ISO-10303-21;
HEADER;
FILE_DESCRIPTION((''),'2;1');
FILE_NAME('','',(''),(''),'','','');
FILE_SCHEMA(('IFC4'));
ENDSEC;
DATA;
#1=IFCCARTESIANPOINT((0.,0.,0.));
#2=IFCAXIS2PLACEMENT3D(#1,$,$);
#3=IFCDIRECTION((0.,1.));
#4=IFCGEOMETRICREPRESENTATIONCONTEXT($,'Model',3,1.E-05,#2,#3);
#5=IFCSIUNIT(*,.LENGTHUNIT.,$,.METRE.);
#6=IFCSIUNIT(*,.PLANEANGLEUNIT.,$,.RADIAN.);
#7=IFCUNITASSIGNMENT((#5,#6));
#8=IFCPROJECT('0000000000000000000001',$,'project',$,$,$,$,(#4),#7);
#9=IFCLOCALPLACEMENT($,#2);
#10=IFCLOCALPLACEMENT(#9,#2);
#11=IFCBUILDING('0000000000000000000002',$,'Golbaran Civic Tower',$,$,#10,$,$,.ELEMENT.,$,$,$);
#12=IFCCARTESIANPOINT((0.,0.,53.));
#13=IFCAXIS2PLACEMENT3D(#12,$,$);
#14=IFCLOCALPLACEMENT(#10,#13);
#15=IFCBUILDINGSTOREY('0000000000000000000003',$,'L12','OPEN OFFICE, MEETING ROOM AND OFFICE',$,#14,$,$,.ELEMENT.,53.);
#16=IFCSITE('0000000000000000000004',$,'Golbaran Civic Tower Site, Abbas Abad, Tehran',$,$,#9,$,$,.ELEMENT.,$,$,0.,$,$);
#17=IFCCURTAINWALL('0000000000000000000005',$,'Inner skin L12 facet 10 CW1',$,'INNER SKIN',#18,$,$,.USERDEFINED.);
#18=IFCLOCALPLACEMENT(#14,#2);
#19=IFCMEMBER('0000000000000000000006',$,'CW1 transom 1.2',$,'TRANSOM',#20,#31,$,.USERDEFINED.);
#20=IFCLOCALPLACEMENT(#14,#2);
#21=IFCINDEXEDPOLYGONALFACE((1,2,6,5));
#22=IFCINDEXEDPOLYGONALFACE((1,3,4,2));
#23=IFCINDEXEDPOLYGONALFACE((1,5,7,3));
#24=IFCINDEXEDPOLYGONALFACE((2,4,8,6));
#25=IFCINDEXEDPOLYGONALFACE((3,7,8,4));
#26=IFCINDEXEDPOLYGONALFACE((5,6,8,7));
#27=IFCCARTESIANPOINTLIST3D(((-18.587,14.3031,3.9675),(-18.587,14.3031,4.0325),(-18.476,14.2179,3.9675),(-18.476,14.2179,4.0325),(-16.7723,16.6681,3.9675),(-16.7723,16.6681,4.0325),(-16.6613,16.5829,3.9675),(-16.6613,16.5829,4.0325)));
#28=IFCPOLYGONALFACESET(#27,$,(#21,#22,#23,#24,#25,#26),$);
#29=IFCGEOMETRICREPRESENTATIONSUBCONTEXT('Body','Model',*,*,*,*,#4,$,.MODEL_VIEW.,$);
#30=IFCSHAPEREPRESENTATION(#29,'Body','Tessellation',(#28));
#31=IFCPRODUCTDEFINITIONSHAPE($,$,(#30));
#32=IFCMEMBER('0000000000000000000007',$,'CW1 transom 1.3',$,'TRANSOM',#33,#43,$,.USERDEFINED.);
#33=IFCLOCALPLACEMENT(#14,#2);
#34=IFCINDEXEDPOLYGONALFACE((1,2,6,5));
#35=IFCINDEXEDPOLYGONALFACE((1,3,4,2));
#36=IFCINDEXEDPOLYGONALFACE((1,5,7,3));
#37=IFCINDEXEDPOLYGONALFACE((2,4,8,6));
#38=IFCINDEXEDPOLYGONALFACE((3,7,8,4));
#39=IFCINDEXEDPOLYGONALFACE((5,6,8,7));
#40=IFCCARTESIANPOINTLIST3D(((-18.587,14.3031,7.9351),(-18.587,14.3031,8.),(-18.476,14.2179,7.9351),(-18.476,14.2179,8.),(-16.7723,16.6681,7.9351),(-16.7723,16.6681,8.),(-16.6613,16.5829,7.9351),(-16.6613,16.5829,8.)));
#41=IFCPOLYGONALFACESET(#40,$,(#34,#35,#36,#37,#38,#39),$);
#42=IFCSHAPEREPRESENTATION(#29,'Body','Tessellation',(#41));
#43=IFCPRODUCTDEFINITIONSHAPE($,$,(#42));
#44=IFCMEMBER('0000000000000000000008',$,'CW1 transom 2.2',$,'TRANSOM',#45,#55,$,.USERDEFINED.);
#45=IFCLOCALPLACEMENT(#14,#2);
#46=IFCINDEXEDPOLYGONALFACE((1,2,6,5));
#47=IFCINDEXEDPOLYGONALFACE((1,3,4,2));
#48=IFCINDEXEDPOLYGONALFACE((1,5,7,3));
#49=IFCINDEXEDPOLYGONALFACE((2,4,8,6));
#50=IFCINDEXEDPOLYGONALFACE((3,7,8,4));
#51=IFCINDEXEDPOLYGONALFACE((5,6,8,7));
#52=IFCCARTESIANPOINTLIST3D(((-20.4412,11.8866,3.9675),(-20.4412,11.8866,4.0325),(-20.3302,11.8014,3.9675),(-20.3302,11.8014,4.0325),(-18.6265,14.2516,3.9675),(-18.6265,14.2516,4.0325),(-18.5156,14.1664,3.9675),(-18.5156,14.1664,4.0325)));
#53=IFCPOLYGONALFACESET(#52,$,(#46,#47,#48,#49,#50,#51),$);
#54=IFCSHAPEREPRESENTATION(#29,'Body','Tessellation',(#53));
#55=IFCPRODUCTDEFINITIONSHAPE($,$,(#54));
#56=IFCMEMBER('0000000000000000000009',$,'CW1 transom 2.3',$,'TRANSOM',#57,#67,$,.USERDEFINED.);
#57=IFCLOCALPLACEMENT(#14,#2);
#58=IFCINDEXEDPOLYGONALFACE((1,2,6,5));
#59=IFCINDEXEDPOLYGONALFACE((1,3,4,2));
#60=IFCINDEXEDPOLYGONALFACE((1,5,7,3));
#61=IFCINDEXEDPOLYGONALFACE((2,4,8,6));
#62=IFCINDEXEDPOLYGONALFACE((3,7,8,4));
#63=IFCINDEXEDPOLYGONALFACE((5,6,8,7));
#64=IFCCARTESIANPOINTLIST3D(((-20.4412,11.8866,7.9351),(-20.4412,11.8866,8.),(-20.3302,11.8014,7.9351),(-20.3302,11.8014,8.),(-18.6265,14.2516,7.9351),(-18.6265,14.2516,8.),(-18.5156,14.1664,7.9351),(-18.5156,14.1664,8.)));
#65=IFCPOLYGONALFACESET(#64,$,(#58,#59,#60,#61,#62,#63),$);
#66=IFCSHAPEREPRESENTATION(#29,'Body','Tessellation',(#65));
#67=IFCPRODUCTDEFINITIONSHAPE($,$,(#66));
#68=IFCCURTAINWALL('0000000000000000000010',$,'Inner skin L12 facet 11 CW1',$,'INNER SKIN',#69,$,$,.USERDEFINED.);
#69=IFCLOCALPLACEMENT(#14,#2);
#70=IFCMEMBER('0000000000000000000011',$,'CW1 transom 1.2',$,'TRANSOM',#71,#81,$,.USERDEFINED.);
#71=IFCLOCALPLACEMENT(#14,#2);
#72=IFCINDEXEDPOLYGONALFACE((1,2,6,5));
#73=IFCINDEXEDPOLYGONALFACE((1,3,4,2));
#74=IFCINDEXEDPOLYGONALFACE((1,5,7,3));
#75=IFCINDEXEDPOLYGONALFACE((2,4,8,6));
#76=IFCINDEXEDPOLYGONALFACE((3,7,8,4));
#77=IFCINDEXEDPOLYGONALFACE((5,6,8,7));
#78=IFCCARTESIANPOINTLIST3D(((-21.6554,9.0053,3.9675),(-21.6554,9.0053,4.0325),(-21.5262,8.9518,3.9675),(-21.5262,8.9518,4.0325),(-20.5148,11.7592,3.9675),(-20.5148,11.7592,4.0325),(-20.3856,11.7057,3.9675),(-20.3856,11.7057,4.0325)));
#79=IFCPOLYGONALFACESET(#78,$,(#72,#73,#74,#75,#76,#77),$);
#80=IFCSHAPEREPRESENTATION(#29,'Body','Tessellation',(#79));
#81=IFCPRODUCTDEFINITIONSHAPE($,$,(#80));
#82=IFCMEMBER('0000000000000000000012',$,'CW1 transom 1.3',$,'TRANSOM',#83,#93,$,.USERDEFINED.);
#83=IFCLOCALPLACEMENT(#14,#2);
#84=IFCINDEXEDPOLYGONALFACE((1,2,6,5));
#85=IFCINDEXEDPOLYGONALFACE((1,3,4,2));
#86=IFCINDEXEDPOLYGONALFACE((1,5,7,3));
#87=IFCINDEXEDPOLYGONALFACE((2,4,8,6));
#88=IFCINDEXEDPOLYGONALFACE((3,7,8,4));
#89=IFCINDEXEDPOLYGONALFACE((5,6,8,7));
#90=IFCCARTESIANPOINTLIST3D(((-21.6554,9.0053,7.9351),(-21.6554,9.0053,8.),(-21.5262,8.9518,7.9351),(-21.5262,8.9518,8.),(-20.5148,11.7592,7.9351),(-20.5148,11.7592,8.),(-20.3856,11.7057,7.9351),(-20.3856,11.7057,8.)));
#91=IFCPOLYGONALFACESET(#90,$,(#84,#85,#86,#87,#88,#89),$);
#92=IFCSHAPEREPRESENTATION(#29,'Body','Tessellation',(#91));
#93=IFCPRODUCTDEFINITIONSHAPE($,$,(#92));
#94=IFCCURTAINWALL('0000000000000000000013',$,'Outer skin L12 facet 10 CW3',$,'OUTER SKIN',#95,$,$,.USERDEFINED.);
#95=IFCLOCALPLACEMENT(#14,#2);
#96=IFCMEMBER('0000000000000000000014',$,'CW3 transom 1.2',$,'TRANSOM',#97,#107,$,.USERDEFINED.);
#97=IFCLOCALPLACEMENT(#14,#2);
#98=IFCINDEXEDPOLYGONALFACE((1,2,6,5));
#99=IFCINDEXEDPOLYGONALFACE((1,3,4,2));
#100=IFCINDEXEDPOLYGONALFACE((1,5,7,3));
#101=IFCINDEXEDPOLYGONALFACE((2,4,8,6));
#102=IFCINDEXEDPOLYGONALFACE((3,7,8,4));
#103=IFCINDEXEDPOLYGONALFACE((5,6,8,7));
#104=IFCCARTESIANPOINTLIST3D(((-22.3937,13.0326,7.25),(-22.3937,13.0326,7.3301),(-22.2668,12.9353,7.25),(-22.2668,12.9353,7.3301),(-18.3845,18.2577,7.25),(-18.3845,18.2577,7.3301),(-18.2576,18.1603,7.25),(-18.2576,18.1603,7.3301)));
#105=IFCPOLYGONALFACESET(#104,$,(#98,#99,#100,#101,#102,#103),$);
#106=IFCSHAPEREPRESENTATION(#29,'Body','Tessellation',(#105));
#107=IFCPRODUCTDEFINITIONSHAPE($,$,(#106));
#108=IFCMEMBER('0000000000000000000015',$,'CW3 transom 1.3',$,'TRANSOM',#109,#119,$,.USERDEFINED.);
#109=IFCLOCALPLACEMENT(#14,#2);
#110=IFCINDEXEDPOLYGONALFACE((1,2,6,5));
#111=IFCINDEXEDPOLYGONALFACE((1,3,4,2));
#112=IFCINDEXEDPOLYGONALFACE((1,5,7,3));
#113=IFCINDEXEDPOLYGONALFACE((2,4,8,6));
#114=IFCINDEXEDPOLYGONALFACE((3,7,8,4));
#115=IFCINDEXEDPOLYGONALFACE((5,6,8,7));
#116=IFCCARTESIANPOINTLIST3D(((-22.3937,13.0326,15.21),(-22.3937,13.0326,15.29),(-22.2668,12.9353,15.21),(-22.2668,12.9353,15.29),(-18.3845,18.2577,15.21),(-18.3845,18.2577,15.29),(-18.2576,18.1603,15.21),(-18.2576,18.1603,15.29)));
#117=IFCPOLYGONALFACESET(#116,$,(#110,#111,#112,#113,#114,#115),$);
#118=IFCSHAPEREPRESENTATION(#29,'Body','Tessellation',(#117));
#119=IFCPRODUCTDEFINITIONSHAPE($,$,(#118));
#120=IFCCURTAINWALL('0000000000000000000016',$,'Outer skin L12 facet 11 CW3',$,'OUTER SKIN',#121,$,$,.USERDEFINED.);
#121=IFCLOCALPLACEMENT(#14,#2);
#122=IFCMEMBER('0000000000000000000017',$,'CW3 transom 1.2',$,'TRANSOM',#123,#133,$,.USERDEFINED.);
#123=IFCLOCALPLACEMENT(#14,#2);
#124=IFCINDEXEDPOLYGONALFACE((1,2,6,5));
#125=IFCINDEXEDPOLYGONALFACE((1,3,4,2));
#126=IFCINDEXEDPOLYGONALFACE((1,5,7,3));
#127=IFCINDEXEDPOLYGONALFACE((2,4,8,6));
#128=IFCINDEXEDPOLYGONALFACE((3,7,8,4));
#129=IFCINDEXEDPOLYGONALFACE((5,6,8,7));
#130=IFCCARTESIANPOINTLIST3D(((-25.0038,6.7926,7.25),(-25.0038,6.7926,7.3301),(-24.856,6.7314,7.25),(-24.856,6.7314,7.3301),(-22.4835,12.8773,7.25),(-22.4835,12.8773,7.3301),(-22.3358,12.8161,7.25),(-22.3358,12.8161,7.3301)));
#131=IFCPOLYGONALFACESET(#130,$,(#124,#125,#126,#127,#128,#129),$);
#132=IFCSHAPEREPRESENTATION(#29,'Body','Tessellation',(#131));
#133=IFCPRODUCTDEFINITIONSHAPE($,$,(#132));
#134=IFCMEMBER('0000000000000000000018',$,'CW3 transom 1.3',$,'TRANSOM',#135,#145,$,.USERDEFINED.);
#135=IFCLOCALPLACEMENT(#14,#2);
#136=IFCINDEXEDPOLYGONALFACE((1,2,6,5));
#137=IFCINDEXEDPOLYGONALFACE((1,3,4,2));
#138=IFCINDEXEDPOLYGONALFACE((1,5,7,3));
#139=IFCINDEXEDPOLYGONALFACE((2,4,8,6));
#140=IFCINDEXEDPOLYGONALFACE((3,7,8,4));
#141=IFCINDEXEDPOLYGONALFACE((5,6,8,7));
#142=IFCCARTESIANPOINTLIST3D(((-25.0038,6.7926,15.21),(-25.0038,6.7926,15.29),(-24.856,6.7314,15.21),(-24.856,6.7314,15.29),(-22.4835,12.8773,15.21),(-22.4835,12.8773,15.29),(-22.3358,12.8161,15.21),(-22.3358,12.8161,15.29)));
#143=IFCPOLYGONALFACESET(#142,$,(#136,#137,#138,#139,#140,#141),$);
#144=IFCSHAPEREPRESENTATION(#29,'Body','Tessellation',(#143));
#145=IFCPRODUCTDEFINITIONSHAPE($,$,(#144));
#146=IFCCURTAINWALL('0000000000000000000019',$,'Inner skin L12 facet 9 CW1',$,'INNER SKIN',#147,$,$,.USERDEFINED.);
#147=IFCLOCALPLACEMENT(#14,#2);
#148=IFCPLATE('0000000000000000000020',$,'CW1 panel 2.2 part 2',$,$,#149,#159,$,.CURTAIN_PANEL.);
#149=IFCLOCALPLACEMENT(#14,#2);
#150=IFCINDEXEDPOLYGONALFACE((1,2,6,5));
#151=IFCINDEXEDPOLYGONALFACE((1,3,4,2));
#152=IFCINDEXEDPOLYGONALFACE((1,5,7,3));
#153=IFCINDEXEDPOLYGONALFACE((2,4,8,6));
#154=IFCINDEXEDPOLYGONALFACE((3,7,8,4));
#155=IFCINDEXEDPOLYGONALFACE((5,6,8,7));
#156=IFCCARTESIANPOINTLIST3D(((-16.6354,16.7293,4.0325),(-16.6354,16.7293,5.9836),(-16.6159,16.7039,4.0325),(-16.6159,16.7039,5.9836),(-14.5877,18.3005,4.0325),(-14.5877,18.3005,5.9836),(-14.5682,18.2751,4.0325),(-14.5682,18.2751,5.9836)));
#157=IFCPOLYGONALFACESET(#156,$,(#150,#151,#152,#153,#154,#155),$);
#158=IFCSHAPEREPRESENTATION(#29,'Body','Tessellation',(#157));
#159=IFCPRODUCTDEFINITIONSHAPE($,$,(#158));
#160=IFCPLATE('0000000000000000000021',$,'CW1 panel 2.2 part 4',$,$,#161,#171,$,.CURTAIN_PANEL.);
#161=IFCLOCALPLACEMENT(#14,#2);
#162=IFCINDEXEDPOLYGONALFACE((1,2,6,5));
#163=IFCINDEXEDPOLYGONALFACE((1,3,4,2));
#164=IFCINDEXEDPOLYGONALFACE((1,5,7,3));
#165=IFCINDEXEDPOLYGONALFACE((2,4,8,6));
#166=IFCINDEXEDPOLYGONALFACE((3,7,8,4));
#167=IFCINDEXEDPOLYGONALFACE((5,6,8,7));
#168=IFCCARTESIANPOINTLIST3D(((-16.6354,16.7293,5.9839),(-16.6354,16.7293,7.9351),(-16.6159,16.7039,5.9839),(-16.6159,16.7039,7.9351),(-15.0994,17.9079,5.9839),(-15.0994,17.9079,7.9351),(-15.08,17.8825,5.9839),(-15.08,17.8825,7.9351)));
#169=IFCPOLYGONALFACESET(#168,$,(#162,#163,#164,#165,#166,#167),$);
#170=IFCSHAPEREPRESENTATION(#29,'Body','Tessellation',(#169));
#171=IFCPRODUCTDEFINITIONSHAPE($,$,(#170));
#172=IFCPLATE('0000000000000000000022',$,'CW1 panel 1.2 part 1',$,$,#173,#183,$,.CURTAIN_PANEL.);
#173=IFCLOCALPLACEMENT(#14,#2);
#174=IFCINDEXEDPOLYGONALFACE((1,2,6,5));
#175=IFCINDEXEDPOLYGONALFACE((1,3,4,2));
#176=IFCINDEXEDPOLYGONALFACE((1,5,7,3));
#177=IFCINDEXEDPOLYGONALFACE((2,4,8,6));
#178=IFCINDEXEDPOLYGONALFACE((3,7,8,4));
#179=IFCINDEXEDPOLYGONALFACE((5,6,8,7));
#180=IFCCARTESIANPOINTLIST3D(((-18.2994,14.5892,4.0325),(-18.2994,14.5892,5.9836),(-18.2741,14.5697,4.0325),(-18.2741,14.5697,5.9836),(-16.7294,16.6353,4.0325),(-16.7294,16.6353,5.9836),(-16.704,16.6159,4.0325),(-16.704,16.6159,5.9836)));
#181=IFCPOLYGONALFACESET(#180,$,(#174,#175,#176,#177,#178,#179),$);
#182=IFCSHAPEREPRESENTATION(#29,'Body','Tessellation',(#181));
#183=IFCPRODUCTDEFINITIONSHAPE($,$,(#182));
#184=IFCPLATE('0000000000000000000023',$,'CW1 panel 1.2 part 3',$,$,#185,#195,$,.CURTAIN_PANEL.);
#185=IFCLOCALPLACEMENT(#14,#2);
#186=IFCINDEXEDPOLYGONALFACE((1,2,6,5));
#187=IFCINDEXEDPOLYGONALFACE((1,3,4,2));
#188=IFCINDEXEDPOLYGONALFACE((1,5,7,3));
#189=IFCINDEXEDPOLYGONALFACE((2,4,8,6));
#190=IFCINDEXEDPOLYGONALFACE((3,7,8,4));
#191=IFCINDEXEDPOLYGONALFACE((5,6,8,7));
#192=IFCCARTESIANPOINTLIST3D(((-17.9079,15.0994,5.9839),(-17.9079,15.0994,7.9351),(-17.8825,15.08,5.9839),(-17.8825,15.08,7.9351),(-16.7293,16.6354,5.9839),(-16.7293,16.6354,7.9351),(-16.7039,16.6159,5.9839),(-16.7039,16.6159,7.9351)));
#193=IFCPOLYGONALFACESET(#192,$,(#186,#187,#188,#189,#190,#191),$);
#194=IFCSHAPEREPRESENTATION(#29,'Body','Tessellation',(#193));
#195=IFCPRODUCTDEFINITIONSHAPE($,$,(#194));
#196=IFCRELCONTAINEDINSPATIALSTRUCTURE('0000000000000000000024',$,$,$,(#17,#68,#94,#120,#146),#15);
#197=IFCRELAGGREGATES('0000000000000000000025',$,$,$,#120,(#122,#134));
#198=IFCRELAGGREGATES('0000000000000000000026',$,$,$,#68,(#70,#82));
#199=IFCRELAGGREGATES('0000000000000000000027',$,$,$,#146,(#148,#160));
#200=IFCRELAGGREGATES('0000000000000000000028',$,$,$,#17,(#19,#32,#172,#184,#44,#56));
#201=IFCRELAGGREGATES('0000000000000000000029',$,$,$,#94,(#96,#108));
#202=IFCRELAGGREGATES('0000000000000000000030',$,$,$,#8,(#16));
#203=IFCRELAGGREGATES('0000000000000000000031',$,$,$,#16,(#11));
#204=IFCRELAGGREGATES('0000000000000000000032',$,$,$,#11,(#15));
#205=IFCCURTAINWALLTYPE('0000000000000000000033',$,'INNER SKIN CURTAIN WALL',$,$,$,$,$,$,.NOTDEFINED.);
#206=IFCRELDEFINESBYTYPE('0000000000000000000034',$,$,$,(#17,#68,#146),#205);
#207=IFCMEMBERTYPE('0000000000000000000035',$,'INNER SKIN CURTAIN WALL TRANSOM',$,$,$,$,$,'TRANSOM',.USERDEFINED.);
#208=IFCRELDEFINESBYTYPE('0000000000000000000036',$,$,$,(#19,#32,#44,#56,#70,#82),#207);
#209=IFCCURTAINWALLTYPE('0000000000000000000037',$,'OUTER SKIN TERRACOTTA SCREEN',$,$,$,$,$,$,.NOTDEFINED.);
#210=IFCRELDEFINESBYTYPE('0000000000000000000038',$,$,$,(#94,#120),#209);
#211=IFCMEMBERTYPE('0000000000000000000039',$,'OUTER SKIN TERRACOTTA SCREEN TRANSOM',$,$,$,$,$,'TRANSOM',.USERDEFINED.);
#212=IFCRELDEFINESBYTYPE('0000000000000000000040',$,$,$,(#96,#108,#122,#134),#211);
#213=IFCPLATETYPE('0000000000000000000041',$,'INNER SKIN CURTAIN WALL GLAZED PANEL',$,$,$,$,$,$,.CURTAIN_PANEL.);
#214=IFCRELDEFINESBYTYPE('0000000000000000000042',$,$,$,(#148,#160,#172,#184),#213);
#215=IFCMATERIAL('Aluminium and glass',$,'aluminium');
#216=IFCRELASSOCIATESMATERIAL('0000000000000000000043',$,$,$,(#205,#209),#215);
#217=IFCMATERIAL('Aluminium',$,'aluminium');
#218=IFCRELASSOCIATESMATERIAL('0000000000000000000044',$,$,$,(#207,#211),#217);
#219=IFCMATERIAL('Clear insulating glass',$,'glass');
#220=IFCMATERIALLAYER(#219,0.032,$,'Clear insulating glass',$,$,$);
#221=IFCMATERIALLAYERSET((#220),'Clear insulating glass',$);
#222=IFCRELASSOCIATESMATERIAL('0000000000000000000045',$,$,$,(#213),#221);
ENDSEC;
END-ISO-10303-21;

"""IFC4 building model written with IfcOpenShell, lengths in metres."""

from ifc_helpers import new_model, si_unit, direction, frame, origin, origin_2d, place, context, subcontext, project, spatial, rectangle, extrude, material, layer, layer_set, material_profile, profile_set, type_object, element, aggregate, save


model = new_model("IFC4")

# Units and contexts
model_context = context("Model", 3, precision=1e-05, world=origin(), true_north=direction((0.0, 1.0)))
body_context = subcontext(model_context, "Body", "Model", "MODEL_VIEW")
ifc_project = project(units=[si_unit("LENGTHUNIT", "METRE"), si_unit("PLANEANGLEUNIT", "RADIAN")], contexts=[model_context])

# Site, building, storey
site_placement = place(None, origin())
site = spatial("IfcSite", under=ifc_project, at=site_placement, Name="Golbaran Civic Tower Site, Abbas Abad, Tehran", CompositionType="ELEMENT", RefElevation=0.0)
building_placement = place(site_placement, origin())
building = spatial("IfcBuilding", under=site, at=building_placement, Name="Golbaran Civic Tower", CompositionType="ELEMENT")
storey_placement = place(building_placement, frame((0.0, 0.0, 53.0)))
storey = spatial("IfcBuildingStorey", under=building, at=storey_placement, Name="L12", Description="OPEN OFFICE, MEETING ROOM AND OFFICE", CompositionType="ELEMENT", Elevation=53.0)

# Curtain walls, members
ifc_material_1 = material(Name="Aluminium and glass", Category="aluminium")
curtain_wall_type_1 = type_object("IfcCurtainWallType", Name="INNER SKIN CURTAIN WALL", PredefinedType="NOTDEFINED", material=ifc_material_1)
curtain_wall_1_placement = place(storey_placement, origin())
curtain_wall_1 = element("IfcCurtainWall", 1, at=curtain_wall_1_placement, inside=storey, type_object=curtain_wall_type_1, Name="Inner skin L12 facet 10 CW1", ObjectType="INNER SKIN", PredefinedType="USERDEFINED")
ifc_material_2 = material(Name="Aluminium", Category="aluminium")
ifc_material_profile_1 = material_profile(ifc_material_2, rectangle(XDim=0.1399, YDim=0.0649, at=origin_2d()), Name="INNER SKIN CURTAIN WALL TRANSOM")
ifc_profile_set_1 = profile_set([ifc_material_profile_1], Name="Aluminium")
member_type_1 = type_object("IfcMemberType", Name="INNER SKIN CURTAIN WALL TRANSOM", ElementType="TRANSOM", PredefinedType="USERDEFINED", material=ifc_profile_set_1)
member_1_placement = place(storey_placement, frame((-16.7168, 16.6255, 4.0), z_axis=(-0.608756, -0.793357, 0.0), x_axis=(0.793357, -0.608756, 0.0)))
member_1 = element("IfcMember", 2, at=member_1_placement, type_object=member_type_1, Name="CW1 transom 1.2", ObjectType="TRANSOM", PredefinedType="USERDEFINED", context=body_context, shape_type="SweptSolid", body=[
    extrude(rectangle(XDim=0.1399, YDim=0.0649, at=origin_2d()), origin(), (0.0, 0.0, 1.0), 2.981),
])
member_2_placement = place(storey_placement, frame((-16.7168, 16.6255, 7.9675), z_axis=(-0.608756, -0.793357, 0.0), x_axis=(0.793357, -0.608756, 0.0)))
member_2 = element("IfcMember", 3, at=member_2_placement, type_object=member_type_1, Name="CW1 transom 1.3", ObjectType="TRANSOM", PredefinedType="USERDEFINED", context=body_context, shape_type="SweptSolid", body=[
    extrude(rectangle(XDim=0.1399, YDim=0.0649, at=origin_2d()), origin(), (0.0, 0.0, 1.0), 2.981),
])
member_3_placement = place(storey_placement, frame((-18.571, 14.209, 4.0), z_axis=(-0.608756, -0.793357, 0.0), x_axis=(0.793357, -0.608756, 0.0)))
member_3 = element("IfcMember", 4, at=member_3_placement, type_object=member_type_1, Name="CW1 transom 2.2", ObjectType="TRANSOM", PredefinedType="USERDEFINED", context=body_context, shape_type="SweptSolid", body=[
    extrude(rectangle(XDim=0.1399, YDim=0.0649, at=origin_2d()), origin(), (0.0, 0.0, 1.0), 2.981),
])
member_4_placement = place(storey_placement, frame((-18.571, 14.209, 7.9675), z_axis=(-0.608756, -0.793357, 0.0), x_axis=(0.793357, -0.608756, 0.0)))
member_4 = element("IfcMember", 5, at=member_4_placement, type_object=member_type_1, Name="CW1 transom 2.3", ObjectType="TRANSOM", PredefinedType="USERDEFINED", context=body_context, shape_type="SweptSolid", body=[
    extrude(rectangle(XDim=0.1399, YDim=0.0649, at=origin_2d()), origin(), (0.0, 0.0, 1.0), 2.981),
])
curtain_wall_2_placement = place(storey_placement, origin())
curtain_wall_2 = element("IfcCurtainWall", 6, at=curtain_wall_2_placement, inside=storey, type_object=curtain_wall_type_1, Name="Inner skin L12 facet 11 CW1", ObjectType="INNER SKIN", PredefinedType="USERDEFINED")
member_5_placement = place(storey_placement, frame((-20.4502, 11.7324, 4.0), z_axis=(-0.38266, -0.923889, 0.0), x_axis=(0.923889, -0.38266, 0.0)))
member_5 = element("IfcMember", 7, at=member_5_placement, type_object=member_type_1, Name="CW1 transom 1.2", ObjectType="TRANSOM", PredefinedType="USERDEFINED", context=body_context, shape_type="SweptSolid", body=[
    extrude(rectangle(XDim=0.1399, YDim=0.0649, at=origin_2d()), origin(), (0.0, 0.0, 1.0), 2.9807),
])
member_6_placement = place(storey_placement, frame((-20.4502, 11.7324, 7.9675), z_axis=(-0.38266, -0.923889, 0.0), x_axis=(0.923889, -0.38266, 0.0)))
member_6 = element("IfcMember", 8, at=member_6_placement, type_object=member_type_1, Name="CW1 transom 1.3", ObjectType="TRANSOM", PredefinedType="USERDEFINED", context=body_context, shape_type="SweptSolid", body=[
    extrude(rectangle(XDim=0.1399, YDim=0.0649, at=origin_2d()), origin(), (0.0, 0.0, 1.0), 2.9807),
])
curtain_wall_type_2 = type_object("IfcCurtainWallType", Name="OUTER SKIN TERRACOTTA SCREEN", PredefinedType="NOTDEFINED", material=ifc_material_1)
curtain_wall_3_placement = place(storey_placement, origin())
curtain_wall_3 = element("IfcCurtainWall", 9, at=curtain_wall_3_placement, inside=storey, type_object=curtain_wall_type_2, Name="Outer skin L12 facet 10 CW3", ObjectType="OUTER SKIN", PredefinedType="USERDEFINED")
ifc_material_profile_2 = material_profile(ifc_material_2, rectangle(XDim=0.1599, YDim=0.0801, at=origin_2d()), Name="OUTER SKIN TERRACOTTA SCREEN TRANSOM")
ifc_profile_set_2 = profile_set([ifc_material_profile_2], Name="Aluminium")
member_type_2 = type_object("IfcMemberType", Name="OUTER SKIN TERRACOTTA SCREEN TRANSOM", ElementType="TRANSOM", PredefinedType="USERDEFINED", material=ifc_profile_set_2)
member_7_placement = place(storey_placement, frame((-18.321, 18.209, 7.29), z_axis=(-0.608754, -0.793359, 0.0), x_axis=(0.793359, -0.608754, 0.0)))
member_7 = element("IfcMember", 10, at=member_7_placement, type_object=member_type_2, Name="CW3 transom 1.2", ObjectType="TRANSOM", PredefinedType="USERDEFINED", context=body_context, shape_type="SweptSolid", body=[
    extrude(rectangle(XDim=0.1599, YDim=0.0801, at=origin_2d()), origin(), (0.0, 0.0, 1.0), 6.5859),
])
member_8_placement = place(storey_placement, frame((-18.321, 18.209, 15.25), z_axis=(-0.608754, -0.793359, 0.0), x_axis=(0.793359, -0.608754, 0.0)))
member_8 = element("IfcMember", 11, at=member_8_placement, type_object=member_type_2, Name="CW3 transom 1.3", ObjectType="TRANSOM", PredefinedType="USERDEFINED", context=body_context, shape_type="SweptSolid", body=[
    extrude(rectangle(XDim=0.1599, YDim=0.0801, at=origin_2d()), origin(), (0.0, 0.0, 1.0), 6.5859),
])
curtain_wall_4_placement = place(storey_placement, origin())
curtain_wall_4 = element("IfcCurtainWall", 12, at=curtain_wall_4_placement, inside=storey, type_object=curtain_wall_type_2, Name="Outer skin L12 facet 11 CW3", ObjectType="OUTER SKIN", PredefinedType="USERDEFINED")
member_9_placement = place(storey_placement, frame((-22.4097, 12.8467, 7.29), z_axis=(-0.382669, -0.923885, 0.0), x_axis=(0.923885, -0.382669, 0.0)))
member_9 = element("IfcMember", 13, at=member_9_placement, type_object=member_type_2, Name="CW3 transom 1.2", ObjectType="TRANSOM", PredefinedType="USERDEFINED", context=body_context, shape_type="SweptSolid", body=[
    extrude(rectangle(XDim=0.1599, YDim=0.0801, at=origin_2d()), origin(), (0.0, 0.0, 1.0), 6.5859),
])
member_10_placement = place(storey_placement, frame((-22.4097, 12.8467, 15.25), z_axis=(-0.382669, -0.923885, 0.0), x_axis=(0.923885, -0.382669, 0.0)))
member_10 = element("IfcMember", 14, at=member_10_placement, type_object=member_type_2, Name="CW3 transom 1.3", ObjectType="TRANSOM", PredefinedType="USERDEFINED", context=body_context, shape_type="SweptSolid", body=[
    extrude(rectangle(XDim=0.1599, YDim=0.0801, at=origin_2d()), origin(), (0.0, 0.0, 1.0), 6.5859),
])
aggregate(curtain_wall_4, [member_9, member_10])

# Curtain wall, plates
curtain_wall_5_placement = place(storey_placement, origin())
curtain_wall_5 = element("IfcCurtainWall", 15, at=curtain_wall_5_placement, inside=storey, type_object=curtain_wall_type_1, Name="Inner skin L12 facet 9 CW1", ObjectType="INNER SKIN", PredefinedType="USERDEFINED")
ifc_material_3 = material(Name="Clear insulating glass", Category="glass")
ifc_layer_1 = layer(ifc_material_3, 0.032, Name="Clear insulating glass")
ifc_layer_set_1 = layer_set([ifc_layer_1], Name="Clear insulating glass")
plate_type_1 = type_object("IfcPlateType", Name="INNER SKIN CURTAIN WALL GLAZED PANEL", PredefinedType="CURTAIN_PANEL", material=ifc_layer_set_1)
plate_1_placement = place(storey_placement, frame((-15.6018, 17.5022, 4.0325), z_axis=(0.0, 0.0, 1.0), x_axis=(-0.793353, -0.608761, 0.0)))
plate_1 = element("IfcPlate", 16, at=plate_1_placement, type_object=plate_type_1, Name="CW1 panel 2.2 part 2", PredefinedType="CURTAIN_PANEL", context=body_context, shape_type="SweptSolid", body=[
    extrude(rectangle(XDim=2.5811, YDim=0.032, at=origin_2d()), origin(), (0.0, 0.0, 1.0), 1.9512),
])
plate_2_placement = place(storey_placement, frame((-15.8577, 17.3059, 5.9839), z_axis=(0.0, 0.0, 1.0), x_axis=(-0.793353, -0.608761, 0.0)))
plate_2 = element("IfcPlate", 17, at=plate_2_placement, type_object=plate_type_1, Name="CW1 panel 2.2 part 4", PredefinedType="CURTAIN_PANEL", context=body_context, shape_type="SweptSolid", body=[
    extrude(rectangle(XDim=1.936, YDim=0.032, at=origin_2d()), origin(), (0.0, 0.0, 1.0), 1.9512),
])

# Plates
plate_3_placement = place(storey_placement, frame((-17.5017, 15.6025, 4.0325), z_axis=(0.0, 0.0, 1.0), x_axis=(-0.608761, -0.793353, 0.0)))
plate_3 = element("IfcPlate", 18, at=plate_3_placement, type_object=plate_type_1, Name="CW1 panel 1.2 part 1", PredefinedType="CURTAIN_PANEL", context=body_context, shape_type="SweptSolid", body=[
    extrude(rectangle(XDim=2.5791, YDim=0.032, at=origin_2d()), origin(), (0.0, 0.0, 1.0), 1.9512),
])
plate_4_placement = place(storey_placement, frame((-17.3059, 15.8577, 5.9839), z_axis=(0.0, 0.0, 1.0), x_axis=(-0.608761, -0.793353, 0.0)))
plate_4 = element("IfcPlate", 19, at=plate_4_placement, type_object=plate_type_1, Name="CW1 panel 1.2 part 3", PredefinedType="CURTAIN_PANEL", context=body_context, shape_type="SweptSolid", body=[
    extrude(rectangle(XDim=1.936, YDim=0.032, at=origin_2d()), origin(), (0.0, 0.0, 1.0), 1.9512),
])
aggregate(curtain_wall_2, [member_5, member_6])
aggregate(curtain_wall_5, [plate_1, plate_2])
aggregate(curtain_wall_1, [member_1, member_2, plate_3, plate_4, member_3, member_4])
aggregate(curtain_wall_3, [member_7, member_8])

save(model, "model.ifc")
